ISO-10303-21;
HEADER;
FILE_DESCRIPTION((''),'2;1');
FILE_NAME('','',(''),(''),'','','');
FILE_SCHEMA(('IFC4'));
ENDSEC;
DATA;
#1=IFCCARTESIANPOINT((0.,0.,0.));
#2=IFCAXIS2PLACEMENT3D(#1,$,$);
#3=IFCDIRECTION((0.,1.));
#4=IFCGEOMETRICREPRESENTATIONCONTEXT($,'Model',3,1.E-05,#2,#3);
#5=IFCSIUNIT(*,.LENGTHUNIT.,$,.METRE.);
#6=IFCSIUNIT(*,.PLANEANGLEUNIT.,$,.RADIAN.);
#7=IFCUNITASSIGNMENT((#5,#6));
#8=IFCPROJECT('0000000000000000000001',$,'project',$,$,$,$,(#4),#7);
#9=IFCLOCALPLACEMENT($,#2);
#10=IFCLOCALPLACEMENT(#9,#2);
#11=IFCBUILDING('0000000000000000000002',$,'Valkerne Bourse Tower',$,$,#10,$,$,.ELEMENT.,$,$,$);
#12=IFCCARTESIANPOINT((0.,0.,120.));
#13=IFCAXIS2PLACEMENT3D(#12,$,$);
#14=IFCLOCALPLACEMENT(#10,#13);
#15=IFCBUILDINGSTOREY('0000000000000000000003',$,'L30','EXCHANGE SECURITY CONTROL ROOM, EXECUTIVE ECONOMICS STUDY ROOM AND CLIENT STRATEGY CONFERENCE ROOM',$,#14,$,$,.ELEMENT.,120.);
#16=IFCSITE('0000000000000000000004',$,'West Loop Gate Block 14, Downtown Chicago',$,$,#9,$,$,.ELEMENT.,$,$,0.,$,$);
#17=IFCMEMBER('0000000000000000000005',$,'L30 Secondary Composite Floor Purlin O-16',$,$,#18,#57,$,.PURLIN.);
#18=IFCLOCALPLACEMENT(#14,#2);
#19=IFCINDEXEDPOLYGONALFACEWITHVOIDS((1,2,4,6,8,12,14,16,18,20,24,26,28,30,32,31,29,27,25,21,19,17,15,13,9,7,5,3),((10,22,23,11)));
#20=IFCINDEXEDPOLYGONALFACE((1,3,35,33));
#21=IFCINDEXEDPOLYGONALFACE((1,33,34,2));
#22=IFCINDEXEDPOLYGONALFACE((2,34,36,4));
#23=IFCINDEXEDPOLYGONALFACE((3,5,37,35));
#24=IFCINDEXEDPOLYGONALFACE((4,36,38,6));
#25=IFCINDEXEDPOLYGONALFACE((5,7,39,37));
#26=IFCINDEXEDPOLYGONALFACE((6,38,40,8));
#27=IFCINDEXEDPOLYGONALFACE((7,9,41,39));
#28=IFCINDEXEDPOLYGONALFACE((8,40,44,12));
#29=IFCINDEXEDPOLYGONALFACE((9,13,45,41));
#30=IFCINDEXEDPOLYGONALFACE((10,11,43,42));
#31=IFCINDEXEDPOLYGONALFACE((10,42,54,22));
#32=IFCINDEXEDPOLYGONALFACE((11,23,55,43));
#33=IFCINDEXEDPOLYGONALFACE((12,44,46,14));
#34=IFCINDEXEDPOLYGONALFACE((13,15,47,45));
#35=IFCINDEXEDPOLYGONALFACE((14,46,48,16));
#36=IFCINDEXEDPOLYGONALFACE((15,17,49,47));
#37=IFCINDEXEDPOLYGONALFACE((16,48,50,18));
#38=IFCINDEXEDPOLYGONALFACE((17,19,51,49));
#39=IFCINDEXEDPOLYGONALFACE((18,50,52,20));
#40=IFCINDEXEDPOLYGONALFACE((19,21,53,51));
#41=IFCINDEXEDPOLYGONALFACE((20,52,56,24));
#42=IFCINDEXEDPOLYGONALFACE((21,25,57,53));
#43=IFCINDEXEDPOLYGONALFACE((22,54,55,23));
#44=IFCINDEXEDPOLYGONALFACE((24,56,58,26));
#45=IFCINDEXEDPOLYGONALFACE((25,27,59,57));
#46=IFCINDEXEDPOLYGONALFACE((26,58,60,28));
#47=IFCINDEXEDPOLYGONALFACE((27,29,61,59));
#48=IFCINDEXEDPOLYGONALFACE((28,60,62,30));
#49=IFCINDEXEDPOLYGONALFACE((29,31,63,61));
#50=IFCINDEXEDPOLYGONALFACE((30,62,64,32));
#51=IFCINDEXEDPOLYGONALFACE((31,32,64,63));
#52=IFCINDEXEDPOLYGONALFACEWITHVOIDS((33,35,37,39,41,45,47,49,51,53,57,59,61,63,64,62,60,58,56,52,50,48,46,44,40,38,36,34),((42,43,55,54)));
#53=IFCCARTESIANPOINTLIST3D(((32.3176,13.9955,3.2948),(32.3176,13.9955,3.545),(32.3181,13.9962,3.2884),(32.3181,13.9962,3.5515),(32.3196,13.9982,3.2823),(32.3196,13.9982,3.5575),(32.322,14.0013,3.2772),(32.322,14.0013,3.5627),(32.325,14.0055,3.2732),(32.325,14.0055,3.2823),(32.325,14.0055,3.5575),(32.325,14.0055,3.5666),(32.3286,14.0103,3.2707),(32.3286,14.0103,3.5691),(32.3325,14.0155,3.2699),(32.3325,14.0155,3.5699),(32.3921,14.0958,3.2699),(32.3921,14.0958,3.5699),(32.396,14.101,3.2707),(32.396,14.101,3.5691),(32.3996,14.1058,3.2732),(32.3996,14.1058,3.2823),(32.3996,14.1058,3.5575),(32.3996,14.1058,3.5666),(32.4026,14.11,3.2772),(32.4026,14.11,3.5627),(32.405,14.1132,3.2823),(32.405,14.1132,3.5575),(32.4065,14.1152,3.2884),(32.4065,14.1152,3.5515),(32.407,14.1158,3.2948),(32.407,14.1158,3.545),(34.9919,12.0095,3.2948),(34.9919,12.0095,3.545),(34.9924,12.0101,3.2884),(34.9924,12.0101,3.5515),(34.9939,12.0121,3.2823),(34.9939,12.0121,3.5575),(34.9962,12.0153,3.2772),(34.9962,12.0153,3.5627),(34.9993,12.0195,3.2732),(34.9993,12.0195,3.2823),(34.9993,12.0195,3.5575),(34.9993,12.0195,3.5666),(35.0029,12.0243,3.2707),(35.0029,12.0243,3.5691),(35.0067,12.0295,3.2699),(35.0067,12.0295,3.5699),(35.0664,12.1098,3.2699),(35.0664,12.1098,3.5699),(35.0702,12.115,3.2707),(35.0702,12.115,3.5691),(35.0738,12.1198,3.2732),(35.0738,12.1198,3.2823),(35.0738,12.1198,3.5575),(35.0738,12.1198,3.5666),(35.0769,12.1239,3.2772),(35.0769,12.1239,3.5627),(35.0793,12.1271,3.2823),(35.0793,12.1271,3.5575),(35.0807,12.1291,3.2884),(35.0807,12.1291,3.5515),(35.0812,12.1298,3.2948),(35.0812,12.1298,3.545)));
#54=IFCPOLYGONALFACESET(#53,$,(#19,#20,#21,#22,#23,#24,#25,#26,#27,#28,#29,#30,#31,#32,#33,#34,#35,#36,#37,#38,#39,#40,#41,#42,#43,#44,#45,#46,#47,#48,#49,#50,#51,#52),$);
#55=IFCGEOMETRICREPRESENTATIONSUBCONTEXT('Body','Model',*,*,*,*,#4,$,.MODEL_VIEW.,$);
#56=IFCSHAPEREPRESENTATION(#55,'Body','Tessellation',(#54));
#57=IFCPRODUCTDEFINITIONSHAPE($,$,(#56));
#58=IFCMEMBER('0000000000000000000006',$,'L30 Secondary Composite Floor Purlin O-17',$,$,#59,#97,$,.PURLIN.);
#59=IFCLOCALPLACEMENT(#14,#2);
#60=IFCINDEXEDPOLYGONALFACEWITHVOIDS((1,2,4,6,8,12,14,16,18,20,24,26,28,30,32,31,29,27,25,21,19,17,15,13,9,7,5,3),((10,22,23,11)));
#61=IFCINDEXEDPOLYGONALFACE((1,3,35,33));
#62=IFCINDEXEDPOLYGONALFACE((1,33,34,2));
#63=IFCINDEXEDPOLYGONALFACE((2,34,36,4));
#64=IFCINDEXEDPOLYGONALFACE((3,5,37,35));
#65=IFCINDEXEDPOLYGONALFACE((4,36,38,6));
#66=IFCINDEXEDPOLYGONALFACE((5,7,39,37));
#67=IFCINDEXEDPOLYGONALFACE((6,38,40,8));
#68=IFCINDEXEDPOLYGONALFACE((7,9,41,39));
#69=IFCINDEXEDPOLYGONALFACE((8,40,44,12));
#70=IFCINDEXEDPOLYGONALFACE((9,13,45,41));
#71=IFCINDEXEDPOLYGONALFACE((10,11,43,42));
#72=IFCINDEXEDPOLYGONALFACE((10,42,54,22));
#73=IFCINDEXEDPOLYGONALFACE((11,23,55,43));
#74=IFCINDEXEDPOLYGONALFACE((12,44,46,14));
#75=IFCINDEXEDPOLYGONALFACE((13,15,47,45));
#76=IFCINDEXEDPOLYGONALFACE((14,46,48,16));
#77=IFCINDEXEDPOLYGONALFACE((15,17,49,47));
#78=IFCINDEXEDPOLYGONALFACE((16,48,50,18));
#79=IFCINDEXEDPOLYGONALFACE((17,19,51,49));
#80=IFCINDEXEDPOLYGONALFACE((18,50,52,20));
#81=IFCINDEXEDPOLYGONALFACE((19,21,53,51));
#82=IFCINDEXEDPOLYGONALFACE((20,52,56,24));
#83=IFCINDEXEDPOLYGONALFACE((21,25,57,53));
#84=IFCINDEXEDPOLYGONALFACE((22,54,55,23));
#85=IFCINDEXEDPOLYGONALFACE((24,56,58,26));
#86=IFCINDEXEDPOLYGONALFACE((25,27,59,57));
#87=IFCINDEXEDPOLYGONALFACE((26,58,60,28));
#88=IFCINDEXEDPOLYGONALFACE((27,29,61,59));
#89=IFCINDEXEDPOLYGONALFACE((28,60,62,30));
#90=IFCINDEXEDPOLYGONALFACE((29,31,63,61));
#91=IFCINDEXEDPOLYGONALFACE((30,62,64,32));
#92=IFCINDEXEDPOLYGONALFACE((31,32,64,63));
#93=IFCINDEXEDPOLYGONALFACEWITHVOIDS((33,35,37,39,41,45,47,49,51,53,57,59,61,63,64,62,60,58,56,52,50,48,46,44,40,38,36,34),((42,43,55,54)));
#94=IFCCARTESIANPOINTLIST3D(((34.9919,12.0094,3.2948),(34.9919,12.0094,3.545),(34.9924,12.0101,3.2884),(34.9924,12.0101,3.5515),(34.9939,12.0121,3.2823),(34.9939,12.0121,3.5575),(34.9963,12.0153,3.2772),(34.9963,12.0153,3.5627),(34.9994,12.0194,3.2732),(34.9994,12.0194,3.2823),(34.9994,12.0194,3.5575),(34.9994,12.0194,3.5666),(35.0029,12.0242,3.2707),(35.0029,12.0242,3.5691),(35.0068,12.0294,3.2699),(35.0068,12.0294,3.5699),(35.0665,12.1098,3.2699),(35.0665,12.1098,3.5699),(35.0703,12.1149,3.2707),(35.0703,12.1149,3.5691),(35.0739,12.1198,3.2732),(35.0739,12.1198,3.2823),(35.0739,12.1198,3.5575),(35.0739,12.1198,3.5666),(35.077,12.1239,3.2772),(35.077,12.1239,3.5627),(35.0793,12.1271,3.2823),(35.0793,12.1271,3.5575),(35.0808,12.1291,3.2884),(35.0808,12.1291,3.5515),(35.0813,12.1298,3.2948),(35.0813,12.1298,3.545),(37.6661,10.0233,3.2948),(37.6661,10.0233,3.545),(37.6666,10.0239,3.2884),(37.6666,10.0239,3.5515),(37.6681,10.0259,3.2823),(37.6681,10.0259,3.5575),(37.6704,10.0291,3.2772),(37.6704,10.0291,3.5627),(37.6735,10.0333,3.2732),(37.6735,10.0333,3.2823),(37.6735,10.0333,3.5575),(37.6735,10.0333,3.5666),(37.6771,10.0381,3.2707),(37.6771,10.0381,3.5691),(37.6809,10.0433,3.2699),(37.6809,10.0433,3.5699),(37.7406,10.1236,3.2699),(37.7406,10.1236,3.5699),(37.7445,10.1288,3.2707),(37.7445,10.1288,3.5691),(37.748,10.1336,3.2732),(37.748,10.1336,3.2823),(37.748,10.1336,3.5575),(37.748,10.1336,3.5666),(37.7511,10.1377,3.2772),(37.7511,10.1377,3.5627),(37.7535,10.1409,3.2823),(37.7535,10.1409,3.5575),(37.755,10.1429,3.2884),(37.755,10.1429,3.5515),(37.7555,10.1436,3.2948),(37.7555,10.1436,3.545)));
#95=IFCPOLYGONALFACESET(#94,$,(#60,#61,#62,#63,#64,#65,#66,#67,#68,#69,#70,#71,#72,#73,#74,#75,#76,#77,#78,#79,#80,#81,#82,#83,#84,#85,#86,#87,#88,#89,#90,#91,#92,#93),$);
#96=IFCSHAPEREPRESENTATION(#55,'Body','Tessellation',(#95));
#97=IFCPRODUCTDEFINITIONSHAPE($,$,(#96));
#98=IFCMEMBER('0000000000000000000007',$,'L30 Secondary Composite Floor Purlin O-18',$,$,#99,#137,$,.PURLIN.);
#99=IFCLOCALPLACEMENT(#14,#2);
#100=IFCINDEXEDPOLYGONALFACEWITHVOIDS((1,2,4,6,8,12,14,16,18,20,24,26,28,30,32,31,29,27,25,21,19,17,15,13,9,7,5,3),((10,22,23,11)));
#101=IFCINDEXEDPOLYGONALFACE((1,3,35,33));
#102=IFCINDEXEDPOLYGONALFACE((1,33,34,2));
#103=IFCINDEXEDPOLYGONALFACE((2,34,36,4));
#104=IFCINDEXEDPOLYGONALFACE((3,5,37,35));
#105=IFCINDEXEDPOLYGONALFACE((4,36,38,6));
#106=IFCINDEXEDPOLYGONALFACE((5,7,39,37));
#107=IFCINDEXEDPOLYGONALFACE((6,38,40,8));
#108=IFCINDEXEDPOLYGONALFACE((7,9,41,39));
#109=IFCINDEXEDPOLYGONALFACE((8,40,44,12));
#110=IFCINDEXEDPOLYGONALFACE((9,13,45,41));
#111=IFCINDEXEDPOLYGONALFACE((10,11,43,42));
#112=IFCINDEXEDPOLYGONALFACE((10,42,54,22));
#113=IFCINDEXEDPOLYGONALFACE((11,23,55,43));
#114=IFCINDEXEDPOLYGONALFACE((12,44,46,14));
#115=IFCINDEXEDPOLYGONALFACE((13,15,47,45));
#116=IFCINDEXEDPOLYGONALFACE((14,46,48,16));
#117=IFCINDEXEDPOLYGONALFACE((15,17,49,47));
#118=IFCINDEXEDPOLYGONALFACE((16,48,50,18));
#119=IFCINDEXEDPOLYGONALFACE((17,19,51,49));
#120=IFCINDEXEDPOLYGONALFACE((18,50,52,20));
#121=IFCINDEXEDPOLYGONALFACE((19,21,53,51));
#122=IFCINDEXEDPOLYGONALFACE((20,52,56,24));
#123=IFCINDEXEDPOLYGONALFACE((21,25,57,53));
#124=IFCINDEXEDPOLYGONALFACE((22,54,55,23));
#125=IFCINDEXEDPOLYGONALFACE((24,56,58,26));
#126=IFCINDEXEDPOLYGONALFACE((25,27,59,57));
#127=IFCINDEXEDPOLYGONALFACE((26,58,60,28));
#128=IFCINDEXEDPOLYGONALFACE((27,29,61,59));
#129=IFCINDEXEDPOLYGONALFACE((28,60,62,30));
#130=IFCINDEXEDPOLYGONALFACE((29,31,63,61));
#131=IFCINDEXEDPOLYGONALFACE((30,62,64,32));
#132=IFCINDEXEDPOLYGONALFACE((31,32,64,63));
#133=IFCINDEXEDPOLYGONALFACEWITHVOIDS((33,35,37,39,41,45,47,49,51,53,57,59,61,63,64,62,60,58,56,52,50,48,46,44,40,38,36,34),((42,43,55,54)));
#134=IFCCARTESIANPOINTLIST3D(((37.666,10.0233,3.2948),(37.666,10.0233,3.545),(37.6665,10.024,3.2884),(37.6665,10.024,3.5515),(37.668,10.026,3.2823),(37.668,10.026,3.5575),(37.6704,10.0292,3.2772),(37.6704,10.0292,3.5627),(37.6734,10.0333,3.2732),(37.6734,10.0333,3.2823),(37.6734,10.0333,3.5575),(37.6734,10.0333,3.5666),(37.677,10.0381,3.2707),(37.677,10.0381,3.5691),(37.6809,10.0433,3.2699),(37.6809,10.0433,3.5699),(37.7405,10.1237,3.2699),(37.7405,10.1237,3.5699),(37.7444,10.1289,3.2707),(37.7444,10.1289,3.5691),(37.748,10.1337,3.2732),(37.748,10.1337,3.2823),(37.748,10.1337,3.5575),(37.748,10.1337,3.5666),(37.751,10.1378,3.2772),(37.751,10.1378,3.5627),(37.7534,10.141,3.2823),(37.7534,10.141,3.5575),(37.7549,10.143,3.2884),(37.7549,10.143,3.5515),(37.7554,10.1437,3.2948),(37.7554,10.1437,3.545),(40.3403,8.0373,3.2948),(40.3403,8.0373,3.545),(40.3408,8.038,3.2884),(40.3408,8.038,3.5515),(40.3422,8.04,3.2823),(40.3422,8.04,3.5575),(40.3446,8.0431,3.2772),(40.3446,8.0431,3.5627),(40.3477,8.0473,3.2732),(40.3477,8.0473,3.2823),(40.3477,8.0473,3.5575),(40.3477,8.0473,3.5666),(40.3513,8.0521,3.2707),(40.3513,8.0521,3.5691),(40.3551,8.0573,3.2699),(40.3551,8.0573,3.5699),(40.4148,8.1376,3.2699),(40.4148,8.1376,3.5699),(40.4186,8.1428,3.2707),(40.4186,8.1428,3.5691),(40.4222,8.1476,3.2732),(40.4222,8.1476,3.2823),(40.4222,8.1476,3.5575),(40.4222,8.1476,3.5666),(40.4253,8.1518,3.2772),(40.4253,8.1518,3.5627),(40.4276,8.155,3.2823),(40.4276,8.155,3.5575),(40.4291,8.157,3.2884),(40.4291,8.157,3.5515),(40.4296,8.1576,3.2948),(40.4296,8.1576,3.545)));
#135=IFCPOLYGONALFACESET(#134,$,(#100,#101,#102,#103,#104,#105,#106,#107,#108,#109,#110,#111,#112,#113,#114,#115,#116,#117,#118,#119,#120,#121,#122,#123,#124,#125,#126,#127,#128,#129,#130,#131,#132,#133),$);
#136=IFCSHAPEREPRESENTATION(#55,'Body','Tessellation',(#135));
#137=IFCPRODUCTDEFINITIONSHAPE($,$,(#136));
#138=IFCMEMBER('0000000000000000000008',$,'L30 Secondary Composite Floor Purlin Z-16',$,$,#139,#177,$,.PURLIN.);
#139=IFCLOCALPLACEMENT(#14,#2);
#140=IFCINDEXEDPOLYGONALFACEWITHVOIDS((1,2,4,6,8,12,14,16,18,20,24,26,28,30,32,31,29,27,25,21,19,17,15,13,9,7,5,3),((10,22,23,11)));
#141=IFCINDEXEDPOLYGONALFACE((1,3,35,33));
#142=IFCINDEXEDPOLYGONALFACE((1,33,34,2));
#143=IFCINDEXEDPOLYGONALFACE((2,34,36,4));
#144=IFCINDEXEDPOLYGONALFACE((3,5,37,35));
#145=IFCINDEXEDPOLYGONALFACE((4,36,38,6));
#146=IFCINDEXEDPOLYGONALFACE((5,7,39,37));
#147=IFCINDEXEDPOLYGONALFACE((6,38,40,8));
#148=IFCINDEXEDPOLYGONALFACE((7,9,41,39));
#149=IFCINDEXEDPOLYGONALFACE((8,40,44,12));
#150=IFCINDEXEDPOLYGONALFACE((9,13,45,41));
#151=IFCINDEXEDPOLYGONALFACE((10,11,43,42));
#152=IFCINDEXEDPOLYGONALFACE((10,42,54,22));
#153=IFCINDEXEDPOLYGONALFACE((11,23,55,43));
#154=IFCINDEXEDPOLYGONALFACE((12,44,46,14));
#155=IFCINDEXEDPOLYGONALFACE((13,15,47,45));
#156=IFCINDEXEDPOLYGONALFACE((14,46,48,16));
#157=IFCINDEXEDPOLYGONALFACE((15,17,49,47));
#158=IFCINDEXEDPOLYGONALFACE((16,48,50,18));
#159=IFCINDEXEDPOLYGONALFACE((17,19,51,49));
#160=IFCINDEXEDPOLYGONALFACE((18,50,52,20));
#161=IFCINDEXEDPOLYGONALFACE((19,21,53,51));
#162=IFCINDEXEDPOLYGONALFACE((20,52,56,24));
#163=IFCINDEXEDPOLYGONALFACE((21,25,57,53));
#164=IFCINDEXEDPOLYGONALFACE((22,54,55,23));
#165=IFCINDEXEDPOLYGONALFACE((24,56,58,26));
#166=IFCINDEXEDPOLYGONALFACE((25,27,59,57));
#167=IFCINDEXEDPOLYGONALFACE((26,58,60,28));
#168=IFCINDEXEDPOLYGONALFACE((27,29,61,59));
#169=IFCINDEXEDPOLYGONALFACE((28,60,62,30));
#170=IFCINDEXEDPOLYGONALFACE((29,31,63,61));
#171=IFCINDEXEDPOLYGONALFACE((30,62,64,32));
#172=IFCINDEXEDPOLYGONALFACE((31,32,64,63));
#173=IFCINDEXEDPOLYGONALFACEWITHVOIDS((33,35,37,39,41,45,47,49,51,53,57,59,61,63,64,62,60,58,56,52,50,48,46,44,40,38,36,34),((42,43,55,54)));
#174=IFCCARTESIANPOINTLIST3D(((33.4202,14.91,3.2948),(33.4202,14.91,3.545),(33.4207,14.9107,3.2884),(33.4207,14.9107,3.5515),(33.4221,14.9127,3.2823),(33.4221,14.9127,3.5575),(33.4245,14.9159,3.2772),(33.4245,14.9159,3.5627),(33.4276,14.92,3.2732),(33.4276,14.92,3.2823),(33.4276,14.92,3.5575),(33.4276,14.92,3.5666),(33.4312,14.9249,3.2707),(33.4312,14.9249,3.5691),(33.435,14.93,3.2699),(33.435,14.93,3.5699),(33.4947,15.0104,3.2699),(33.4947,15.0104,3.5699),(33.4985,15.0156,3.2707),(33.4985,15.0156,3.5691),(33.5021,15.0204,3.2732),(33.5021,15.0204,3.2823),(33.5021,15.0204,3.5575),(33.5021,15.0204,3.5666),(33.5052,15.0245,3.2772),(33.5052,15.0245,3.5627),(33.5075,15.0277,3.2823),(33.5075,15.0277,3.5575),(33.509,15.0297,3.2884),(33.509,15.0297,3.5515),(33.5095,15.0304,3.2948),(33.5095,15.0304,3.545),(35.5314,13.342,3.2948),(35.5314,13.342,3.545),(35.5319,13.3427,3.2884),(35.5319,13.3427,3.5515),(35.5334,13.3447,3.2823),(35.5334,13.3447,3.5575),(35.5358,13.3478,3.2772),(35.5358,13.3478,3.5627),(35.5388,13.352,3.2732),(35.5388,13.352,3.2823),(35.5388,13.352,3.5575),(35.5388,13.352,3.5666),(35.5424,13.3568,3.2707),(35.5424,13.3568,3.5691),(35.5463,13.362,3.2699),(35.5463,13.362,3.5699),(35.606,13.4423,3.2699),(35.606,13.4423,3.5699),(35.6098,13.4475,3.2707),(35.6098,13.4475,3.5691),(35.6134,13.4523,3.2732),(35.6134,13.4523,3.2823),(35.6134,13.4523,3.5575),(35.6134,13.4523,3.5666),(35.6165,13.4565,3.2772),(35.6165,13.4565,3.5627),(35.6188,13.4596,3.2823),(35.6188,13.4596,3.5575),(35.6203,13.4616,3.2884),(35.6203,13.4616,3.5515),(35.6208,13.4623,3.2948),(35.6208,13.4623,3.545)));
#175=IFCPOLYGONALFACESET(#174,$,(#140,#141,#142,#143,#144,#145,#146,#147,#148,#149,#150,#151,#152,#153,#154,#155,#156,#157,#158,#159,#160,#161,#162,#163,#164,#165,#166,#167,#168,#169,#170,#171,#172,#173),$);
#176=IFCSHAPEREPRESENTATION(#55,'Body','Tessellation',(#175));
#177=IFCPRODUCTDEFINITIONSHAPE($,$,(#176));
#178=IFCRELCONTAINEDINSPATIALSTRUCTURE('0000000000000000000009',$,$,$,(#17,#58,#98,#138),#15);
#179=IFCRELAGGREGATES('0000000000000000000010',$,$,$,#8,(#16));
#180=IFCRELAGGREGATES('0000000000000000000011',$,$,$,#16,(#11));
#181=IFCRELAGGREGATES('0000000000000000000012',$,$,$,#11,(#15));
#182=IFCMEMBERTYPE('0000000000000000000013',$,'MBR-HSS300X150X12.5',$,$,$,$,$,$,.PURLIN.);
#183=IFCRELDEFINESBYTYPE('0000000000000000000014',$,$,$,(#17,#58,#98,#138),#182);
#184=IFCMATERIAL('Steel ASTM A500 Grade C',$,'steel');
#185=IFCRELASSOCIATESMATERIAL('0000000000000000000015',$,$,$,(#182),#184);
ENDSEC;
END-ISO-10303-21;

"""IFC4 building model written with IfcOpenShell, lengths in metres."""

from ifc_helpers import new_model, si_unit, direction, frame, origin, origin_2d, place, context, subcontext, project, spatial, hollow_rectangle, extrude, material, material_profile, profile_set, type_object, element, save


model = new_model("IFC4")

# Units and contexts
model_context = context("Model", 3, precision=1e-05, world=origin(), true_north=direction((0.0, 1.0)))
body_context = subcontext(model_context, "Body", "Model", "MODEL_VIEW")
ifc_project = project(units=[si_unit("LENGTHUNIT", "METRE"), si_unit("PLANEANGLEUNIT", "RADIAN")], contexts=[model_context])

# Site, building, storey
site_placement = place(None, origin())
site = spatial("IfcSite", under=ifc_project, at=site_placement, Name="West Loop Gate Block 14, Downtown Chicago", CompositionType="ELEMENT", RefElevation=0.0)
building_placement = place(site_placement, origin())
building = spatial("IfcBuilding", under=site, at=building_placement, Name="Valkerne Bourse Tower", CompositionType="ELEMENT")
storey_placement = place(building_placement, frame((0.0, 0.0, 120.0)))
storey = spatial("IfcBuildingStorey", under=building, at=storey_placement, Name="L30", Description="EXCHANGE SECURITY CONTROL ROOM, EXECUTIVE ECONOMICS STUDY ROOM AND CLIENT STRATEGY CONFERENCE ROOM", CompositionType="ELEMENT", Elevation=120.0)

# Members
ifc_material_1 = material(Name="Steel ASTM A500 Grade C", Category="steel")
ifc_material_profile_1 = material_profile(ifc_material_1, hollow_rectangle(XDim=0.1499, YDim=0.3, WallThickness=0.0125, OuterFilletRadius=0.0249, at=origin_2d()), Name="HSS300X150X12.5")
ifc_profile_set_1 = profile_set([ifc_material_profile_1], Name="Steel ASTM A500 Grade C")
member_type_1 = type_object("IfcMemberType", Name="MBR-HSS300X150X12.5", PredefinedType="PURLIN", material=ifc_profile_set_1)
for number, where, z_axis, x_axis, name in (
    (1, (32.3623, 14.0557, 3.4199), (0.802823, -0.596217, 0.0), (0.596217, 0.802823, 0.0), "L30 Secondary Composite Floor Purlin O-16"),
    (2, (35.0366, 12.0696, 3.4199), (0.802797, -0.596252, 0.0), (0.596252, 0.802797, 0.0), "L30 Secondary Composite Floor Purlin O-17"),
    (3, (37.7107, 10.0835, 3.4199), (0.802823, -0.596217, 0.0), (0.596217, 0.802823, 0.0), "L30 Secondary Composite Floor Purlin O-18"),
):
    element("IfcMember", number, at=place(storey_placement, frame(where, z_axis=z_axis, x_axis=x_axis)), inside=storey, type_object=member_type_1, Name=name, PredefinedType="PURLIN", context=body_context, shape_type="SweptSolid", body=[
        extrude(hollow_rectangle(XDim=0.1499, YDim=0.3, WallThickness=0.0125, OuterFilletRadius=0.0249, at=origin_2d()), origin(), (0.0, 0.0, 1.0), 3.3311),
    ])
for number, where, z_axis, x_axis, name in (
    (4, (33.4648, 14.9702, 3.4199), (0.802798, -0.596251, 0.0), (0.596251, 0.802798, 0.0), "L30 Secondary Composite Floor Purlin Z-16"),
):
    element("IfcMember", number, at=place(storey_placement, frame(where, z_axis=z_axis, x_axis=x_axis)), inside=storey, type_object=member_type_1, Name=name, PredefinedType="PURLIN", context=body_context, shape_type="SweptSolid", body=[
        extrude(hollow_rectangle(XDim=0.1499, YDim=0.3, WallThickness=0.0125, OuterFilletRadius=0.0249, at=origin_2d()), origin(), (0.0, 0.0, 1.0), 2.6299),
    ])

save(model, "model.ifc")
